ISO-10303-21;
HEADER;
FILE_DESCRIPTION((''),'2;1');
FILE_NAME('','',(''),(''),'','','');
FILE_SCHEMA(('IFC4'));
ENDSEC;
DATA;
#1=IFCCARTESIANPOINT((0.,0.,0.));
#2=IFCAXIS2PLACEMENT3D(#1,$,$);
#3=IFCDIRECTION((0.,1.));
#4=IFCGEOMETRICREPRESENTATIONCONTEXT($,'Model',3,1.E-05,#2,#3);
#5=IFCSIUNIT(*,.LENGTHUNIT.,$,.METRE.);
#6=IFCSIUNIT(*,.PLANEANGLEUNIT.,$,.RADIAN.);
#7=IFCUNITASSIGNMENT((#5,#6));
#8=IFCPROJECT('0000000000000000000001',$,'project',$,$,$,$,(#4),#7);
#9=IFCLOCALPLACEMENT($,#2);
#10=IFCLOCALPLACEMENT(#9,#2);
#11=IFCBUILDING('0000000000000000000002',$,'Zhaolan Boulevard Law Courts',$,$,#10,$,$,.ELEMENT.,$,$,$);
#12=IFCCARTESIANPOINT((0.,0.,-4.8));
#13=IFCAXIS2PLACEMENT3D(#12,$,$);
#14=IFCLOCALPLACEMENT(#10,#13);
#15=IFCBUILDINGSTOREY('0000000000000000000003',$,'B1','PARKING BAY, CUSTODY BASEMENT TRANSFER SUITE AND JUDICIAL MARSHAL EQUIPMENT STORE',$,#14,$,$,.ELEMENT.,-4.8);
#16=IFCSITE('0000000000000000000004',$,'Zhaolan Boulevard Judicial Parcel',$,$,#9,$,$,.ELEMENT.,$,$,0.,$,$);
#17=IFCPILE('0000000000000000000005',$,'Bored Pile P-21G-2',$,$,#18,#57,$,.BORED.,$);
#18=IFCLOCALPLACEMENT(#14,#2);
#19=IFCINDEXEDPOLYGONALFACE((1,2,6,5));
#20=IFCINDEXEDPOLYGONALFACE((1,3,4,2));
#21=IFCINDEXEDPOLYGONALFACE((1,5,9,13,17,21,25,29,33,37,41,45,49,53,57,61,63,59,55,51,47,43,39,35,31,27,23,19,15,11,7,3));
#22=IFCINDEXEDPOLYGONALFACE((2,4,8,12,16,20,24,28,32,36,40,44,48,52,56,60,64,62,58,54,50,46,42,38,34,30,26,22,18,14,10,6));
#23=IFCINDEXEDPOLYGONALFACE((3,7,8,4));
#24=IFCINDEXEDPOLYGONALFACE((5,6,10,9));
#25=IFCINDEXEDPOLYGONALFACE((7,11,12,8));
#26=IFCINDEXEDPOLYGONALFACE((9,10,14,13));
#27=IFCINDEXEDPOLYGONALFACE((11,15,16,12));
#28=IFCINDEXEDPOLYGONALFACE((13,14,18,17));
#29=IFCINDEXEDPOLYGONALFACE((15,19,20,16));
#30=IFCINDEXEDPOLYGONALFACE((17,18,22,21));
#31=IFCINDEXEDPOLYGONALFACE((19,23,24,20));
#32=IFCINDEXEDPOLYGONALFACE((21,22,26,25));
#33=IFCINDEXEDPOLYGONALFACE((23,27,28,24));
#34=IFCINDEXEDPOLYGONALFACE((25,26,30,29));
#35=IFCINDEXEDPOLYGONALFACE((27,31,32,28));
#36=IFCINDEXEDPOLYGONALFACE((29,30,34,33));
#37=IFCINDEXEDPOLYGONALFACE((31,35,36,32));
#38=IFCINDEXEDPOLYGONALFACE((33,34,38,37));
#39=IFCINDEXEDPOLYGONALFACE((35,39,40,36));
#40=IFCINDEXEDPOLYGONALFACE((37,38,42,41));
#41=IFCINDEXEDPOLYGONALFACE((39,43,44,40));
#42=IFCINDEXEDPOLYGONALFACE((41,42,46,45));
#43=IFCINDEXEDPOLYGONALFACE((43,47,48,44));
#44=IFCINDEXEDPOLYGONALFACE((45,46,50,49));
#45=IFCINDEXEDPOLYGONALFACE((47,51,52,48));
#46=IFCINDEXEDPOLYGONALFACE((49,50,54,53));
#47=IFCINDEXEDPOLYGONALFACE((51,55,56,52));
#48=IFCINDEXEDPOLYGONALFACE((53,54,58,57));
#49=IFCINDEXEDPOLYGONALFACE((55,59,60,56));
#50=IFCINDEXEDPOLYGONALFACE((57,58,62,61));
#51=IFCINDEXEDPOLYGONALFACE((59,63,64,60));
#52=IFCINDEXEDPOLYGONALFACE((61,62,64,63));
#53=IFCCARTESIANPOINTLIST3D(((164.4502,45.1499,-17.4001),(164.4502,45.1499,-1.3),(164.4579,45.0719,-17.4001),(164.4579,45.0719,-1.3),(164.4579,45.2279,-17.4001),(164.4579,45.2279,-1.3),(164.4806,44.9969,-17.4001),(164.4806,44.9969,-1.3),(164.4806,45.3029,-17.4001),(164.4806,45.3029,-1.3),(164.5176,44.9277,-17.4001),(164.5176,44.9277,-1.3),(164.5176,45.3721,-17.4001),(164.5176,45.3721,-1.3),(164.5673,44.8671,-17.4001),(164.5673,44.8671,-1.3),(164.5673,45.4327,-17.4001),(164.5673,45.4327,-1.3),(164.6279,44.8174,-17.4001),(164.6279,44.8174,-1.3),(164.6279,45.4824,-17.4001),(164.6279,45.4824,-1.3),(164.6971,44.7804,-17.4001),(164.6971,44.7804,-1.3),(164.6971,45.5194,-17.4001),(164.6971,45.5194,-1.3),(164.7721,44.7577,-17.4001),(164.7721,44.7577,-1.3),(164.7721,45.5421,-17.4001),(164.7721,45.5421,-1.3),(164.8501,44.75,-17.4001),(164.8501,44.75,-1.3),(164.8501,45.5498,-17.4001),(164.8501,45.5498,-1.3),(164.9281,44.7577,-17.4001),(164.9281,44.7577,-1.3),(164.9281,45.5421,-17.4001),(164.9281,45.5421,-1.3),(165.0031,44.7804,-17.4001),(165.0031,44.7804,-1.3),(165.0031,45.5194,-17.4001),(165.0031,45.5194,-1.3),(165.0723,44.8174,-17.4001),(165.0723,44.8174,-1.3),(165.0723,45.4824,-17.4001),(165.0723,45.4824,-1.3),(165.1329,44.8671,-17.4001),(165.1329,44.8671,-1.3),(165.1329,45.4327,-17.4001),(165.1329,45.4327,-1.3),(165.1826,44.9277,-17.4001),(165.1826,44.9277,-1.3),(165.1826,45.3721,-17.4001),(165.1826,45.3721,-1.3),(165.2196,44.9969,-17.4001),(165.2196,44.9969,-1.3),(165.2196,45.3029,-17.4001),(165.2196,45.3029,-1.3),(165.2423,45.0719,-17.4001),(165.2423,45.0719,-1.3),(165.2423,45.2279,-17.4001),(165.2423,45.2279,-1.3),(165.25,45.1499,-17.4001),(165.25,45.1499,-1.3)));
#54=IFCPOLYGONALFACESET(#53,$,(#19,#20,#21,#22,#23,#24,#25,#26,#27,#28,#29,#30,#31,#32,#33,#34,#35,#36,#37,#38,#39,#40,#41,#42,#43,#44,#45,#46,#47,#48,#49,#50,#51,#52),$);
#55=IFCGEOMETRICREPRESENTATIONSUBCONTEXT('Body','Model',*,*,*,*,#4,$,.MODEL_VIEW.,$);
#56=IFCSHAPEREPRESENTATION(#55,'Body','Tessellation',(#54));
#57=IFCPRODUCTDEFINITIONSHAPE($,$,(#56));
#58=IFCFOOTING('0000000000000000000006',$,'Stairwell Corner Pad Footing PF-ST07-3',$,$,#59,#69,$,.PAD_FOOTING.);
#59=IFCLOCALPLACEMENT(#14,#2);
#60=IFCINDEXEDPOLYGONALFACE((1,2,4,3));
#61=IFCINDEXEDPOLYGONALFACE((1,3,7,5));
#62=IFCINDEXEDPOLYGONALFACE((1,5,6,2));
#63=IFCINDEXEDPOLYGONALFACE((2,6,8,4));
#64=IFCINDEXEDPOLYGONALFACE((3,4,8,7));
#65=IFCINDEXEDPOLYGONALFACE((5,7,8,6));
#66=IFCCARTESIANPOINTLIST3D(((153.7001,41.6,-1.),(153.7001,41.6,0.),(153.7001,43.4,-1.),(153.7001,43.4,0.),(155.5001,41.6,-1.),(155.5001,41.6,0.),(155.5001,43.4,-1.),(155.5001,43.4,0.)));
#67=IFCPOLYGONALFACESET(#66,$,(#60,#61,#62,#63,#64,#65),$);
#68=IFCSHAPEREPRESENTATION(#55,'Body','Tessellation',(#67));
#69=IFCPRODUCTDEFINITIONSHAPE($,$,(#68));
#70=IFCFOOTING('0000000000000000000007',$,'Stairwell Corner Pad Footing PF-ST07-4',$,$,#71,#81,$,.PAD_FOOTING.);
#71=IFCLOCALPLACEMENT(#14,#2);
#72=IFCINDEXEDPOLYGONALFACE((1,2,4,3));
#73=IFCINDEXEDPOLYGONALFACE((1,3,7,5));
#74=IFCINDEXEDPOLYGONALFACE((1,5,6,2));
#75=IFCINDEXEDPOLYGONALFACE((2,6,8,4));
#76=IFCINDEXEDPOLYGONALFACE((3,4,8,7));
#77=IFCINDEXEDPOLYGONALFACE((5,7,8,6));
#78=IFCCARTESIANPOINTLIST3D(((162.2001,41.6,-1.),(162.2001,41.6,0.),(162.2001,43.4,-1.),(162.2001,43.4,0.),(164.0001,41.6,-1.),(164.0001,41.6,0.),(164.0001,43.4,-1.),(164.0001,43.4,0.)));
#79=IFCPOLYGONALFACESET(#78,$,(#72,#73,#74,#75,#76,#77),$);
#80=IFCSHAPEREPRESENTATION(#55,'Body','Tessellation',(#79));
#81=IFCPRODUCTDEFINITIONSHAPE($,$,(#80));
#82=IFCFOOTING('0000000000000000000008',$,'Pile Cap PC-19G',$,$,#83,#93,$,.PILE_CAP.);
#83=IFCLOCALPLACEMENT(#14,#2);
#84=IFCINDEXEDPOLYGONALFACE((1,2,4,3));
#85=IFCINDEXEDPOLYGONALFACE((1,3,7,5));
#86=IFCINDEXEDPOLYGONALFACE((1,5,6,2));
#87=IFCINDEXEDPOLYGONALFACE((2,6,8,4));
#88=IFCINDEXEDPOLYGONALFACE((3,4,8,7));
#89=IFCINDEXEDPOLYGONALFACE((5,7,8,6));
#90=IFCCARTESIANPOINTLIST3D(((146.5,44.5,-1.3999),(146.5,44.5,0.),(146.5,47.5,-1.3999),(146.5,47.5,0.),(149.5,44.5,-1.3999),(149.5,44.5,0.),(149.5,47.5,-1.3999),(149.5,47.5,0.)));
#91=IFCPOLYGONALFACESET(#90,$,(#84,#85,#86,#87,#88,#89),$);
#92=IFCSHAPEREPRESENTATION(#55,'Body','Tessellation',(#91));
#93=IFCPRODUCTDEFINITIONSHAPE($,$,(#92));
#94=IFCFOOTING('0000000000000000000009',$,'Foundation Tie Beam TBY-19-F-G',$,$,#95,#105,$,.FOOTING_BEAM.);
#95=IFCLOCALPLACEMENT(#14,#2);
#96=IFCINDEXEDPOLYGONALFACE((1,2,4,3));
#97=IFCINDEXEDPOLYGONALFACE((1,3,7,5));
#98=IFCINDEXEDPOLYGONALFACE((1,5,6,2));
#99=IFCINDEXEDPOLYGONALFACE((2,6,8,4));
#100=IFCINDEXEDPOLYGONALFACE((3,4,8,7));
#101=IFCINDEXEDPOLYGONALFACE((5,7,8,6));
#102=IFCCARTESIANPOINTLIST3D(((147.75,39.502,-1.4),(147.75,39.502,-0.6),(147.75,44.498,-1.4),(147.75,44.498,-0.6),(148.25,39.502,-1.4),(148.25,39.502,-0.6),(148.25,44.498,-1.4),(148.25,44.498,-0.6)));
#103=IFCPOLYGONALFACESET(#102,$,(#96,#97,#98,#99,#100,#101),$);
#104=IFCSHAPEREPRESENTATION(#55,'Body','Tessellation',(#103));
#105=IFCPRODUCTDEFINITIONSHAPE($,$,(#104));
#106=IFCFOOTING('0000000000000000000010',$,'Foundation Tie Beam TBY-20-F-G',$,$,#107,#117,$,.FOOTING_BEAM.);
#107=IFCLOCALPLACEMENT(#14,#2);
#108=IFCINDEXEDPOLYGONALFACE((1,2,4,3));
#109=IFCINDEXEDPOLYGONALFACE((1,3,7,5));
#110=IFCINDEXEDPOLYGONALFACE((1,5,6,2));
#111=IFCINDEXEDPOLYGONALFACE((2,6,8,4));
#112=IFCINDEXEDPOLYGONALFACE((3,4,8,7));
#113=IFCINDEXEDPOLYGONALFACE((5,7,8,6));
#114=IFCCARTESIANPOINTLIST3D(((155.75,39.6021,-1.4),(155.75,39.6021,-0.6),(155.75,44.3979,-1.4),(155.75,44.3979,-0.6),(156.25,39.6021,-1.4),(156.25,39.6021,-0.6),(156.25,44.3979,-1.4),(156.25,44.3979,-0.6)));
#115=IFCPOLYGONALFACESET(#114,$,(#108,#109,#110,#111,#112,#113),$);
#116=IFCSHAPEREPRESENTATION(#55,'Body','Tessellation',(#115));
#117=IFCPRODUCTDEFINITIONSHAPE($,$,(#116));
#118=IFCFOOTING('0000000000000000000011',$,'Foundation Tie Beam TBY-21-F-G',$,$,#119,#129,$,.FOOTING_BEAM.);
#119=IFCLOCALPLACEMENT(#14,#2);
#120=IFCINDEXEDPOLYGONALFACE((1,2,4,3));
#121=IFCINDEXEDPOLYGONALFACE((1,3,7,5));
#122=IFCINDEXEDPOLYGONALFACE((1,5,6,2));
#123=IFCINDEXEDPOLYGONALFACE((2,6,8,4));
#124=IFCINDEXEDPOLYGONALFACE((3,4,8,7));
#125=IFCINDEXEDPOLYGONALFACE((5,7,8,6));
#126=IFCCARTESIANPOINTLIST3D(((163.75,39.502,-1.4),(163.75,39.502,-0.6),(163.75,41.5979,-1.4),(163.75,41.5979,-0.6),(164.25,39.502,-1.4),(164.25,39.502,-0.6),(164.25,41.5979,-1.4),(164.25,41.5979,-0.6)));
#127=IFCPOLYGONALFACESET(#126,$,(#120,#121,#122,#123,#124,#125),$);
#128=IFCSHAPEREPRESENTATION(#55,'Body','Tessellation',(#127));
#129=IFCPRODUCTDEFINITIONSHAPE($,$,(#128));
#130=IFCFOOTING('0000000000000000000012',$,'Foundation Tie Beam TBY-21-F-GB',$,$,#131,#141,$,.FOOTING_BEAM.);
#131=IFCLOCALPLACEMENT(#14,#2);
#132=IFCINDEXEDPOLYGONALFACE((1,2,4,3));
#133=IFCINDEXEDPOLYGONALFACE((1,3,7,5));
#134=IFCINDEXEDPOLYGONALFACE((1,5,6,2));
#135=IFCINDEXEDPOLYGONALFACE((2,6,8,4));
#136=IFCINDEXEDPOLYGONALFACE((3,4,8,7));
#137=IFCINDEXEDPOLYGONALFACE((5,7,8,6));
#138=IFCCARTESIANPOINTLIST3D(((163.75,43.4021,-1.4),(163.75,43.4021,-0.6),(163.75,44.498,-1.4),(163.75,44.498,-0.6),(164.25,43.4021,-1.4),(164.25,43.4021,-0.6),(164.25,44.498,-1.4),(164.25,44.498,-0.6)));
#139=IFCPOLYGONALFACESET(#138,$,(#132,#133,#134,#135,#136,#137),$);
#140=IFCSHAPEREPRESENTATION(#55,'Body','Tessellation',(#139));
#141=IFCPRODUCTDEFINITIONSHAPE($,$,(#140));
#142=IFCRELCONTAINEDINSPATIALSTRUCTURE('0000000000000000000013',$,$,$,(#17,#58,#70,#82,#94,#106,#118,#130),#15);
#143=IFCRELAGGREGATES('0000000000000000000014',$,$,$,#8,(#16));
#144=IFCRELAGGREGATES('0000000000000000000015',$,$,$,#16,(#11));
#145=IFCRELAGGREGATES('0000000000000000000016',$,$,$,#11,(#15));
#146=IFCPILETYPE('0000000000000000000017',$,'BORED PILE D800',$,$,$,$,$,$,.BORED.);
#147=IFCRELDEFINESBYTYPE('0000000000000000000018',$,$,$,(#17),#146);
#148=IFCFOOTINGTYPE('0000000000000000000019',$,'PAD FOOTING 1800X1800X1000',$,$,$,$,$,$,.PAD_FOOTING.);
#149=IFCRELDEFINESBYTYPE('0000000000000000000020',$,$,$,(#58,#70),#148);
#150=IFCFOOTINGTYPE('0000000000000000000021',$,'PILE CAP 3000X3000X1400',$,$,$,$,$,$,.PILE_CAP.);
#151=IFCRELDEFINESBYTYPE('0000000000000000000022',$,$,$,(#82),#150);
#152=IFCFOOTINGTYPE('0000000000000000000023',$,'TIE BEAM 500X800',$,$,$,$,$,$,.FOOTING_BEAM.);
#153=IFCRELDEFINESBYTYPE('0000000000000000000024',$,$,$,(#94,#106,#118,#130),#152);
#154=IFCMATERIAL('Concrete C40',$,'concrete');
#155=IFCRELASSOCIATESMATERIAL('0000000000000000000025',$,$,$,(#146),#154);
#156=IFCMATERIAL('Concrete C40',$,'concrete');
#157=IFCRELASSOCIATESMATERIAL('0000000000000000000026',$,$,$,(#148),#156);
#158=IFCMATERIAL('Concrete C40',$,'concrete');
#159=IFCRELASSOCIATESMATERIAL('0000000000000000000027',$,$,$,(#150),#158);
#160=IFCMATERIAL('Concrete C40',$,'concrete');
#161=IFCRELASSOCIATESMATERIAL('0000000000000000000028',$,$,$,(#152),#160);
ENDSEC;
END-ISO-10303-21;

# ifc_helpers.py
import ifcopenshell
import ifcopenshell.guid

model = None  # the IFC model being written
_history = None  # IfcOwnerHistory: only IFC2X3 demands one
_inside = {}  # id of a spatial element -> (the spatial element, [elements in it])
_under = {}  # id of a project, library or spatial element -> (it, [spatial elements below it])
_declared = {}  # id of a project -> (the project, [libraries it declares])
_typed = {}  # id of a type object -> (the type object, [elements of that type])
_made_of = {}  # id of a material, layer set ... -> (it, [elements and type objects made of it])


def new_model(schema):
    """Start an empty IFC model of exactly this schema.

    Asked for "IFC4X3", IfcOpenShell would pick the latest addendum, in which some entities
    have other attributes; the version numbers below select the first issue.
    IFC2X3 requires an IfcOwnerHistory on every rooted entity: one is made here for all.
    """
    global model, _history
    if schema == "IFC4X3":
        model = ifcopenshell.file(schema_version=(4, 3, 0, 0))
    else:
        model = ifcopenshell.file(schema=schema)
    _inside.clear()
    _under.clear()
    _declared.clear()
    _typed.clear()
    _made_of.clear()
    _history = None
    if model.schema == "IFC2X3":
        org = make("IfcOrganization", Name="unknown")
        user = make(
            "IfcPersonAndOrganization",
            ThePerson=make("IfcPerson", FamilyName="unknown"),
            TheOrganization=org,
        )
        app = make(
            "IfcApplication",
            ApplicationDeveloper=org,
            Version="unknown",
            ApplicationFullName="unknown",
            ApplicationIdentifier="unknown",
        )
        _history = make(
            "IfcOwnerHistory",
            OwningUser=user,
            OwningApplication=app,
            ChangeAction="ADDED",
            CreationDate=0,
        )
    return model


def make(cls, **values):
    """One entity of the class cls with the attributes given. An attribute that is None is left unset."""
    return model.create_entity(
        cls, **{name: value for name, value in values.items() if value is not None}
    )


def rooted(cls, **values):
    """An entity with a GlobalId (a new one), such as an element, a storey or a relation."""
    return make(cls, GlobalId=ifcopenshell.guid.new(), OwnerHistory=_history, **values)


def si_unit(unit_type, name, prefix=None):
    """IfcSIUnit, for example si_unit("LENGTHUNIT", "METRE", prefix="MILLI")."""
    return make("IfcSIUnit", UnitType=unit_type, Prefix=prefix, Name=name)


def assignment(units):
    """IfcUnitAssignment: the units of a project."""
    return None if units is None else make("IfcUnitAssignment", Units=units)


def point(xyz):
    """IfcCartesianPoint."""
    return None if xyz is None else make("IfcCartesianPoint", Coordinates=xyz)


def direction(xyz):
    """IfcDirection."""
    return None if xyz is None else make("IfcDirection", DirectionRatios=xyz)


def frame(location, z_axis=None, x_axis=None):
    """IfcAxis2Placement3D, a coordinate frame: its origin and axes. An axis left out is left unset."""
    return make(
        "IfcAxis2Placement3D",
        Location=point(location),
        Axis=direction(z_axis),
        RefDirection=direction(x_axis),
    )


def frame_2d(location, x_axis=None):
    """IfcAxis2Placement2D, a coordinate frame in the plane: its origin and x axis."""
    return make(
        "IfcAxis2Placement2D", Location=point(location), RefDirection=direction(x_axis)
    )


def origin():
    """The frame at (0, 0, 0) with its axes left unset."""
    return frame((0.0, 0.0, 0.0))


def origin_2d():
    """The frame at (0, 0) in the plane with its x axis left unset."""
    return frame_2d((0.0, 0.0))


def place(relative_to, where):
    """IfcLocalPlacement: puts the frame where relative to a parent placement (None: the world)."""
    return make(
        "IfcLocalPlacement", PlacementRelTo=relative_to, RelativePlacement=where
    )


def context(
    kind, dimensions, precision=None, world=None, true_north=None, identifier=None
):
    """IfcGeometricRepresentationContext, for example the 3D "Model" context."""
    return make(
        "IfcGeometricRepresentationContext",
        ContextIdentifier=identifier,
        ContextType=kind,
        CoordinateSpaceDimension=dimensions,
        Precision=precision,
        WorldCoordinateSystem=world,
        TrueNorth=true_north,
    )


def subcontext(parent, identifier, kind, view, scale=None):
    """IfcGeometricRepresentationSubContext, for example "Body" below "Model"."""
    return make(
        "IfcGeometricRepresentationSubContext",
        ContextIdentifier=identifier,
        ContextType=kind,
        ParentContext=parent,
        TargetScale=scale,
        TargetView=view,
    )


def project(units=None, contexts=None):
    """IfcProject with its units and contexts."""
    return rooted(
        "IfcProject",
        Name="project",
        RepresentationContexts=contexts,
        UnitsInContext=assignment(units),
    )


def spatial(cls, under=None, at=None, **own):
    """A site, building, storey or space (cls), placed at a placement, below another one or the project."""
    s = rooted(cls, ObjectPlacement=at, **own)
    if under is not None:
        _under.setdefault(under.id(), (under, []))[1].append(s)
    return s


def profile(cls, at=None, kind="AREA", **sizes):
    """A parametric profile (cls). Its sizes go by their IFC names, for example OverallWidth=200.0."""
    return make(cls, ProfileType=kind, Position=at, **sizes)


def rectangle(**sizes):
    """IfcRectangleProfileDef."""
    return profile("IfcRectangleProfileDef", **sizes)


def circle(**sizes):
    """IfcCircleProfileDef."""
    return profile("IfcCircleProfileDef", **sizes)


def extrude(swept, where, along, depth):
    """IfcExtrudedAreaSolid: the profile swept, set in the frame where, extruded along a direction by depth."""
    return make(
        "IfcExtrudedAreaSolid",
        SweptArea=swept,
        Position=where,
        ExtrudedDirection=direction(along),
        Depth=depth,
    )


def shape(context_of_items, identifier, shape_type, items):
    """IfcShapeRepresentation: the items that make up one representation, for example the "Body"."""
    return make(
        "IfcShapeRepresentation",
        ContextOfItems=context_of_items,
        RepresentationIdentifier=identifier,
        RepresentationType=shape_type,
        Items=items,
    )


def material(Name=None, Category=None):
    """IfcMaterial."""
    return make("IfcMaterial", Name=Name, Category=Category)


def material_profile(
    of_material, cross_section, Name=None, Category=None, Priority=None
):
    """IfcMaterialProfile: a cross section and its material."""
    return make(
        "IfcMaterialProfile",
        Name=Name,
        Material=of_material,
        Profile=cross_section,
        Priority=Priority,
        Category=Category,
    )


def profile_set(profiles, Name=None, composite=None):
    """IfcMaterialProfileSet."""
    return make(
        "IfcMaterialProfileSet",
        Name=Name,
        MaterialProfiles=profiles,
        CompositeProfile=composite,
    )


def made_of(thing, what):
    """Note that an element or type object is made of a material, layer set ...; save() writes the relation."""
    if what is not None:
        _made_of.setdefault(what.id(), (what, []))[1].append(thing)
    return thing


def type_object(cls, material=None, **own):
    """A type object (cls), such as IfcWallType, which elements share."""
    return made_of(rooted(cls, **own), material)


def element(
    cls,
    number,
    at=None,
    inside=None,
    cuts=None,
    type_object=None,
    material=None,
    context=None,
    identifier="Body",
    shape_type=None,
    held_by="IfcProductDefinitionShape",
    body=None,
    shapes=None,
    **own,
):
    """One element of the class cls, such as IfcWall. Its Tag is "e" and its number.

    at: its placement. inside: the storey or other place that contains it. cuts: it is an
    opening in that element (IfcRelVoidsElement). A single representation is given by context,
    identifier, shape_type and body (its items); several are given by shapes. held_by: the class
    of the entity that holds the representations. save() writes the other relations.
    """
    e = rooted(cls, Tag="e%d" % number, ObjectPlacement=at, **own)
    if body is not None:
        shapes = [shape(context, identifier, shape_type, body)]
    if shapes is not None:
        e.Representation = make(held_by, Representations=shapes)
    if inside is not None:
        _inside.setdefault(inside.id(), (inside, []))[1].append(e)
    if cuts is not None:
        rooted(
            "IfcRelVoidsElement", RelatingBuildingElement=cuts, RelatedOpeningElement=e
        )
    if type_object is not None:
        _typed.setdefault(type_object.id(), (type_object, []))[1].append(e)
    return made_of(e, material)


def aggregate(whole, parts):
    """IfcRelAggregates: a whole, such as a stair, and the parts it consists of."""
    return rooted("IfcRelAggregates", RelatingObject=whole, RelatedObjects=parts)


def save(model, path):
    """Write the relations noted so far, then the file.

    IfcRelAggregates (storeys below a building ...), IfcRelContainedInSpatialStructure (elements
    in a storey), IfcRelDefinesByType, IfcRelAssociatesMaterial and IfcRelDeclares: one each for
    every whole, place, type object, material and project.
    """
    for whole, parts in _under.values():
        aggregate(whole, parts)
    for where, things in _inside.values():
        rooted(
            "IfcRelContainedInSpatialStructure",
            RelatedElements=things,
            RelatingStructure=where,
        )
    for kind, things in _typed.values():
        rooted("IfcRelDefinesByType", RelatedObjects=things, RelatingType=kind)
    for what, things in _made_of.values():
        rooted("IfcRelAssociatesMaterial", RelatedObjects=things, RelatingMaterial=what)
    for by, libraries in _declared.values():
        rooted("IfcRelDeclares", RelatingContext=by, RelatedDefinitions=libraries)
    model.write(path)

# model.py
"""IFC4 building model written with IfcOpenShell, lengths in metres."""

from ifc_helpers import new_model, si_unit, direction, frame, origin, origin_2d, place, context, subcontext, project, spatial, rectangle, circle, extrude, material, material_profile, profile_set, type_object, element, save


model = new_model("IFC4")

# Units and contexts
model_context = context("Model", 3, precision=1e-05, world=origin(), true_north=direction((0.0, 1.0)))
body_context = subcontext(model_context, "Body", "Model", "MODEL_VIEW")
ifc_project = project(units=[si_unit("LENGTHUNIT", "METRE"), si_unit("PLANEANGLEUNIT", "RADIAN")], contexts=[model_context])

# Site, building, storey
site_placement = place(None, origin())
site = spatial("IfcSite", under=ifc_project, at=site_placement, Name="Zhaolan Boulevard Judicial Parcel", CompositionType="ELEMENT", RefElevation=0.0)
building_placement = place(site_placement, origin())
building = spatial("IfcBuilding", under=site, at=building_placement, Name="Zhaolan Boulevard Law Courts", CompositionType="ELEMENT")
storey_placement = place(building_placement, frame((0.0, 0.0, -4.8)))
storey = spatial("IfcBuildingStorey", under=building, at=storey_placement, Name="B1", Description="PARKING BAY, CUSTODY BASEMENT TRANSFER SUITE AND JUDICIAL MARSHAL EQUIPMENT STORE", CompositionType="ELEMENT", Elevation=-4.8)

# Pile
ifc_material_1 = material(Name="Concrete C40", Category="concrete")
ifc_material_profile_1 = material_profile(ifc_material_1, circle(Radius=0.3999, at=origin_2d()), Name="PILE-D800")
ifc_profile_set_1 = profile_set([ifc_material_profile_1], Name="Concrete C40")
pile_type = type_object("IfcPileType", Name="BORED PILE D800", PredefinedType="BORED", material=ifc_profile_set_1)
for number, where, z_axis, x_axis, name in (
    (1, (164.8501, 45.1499, -1.3), (0.0, 0.0, -1.0), (1.0, 0.0, 0.0), "Bored Pile P-21G-2"),
):
    element("IfcPile", number, at=place(storey_placement, frame(where, z_axis=z_axis, x_axis=x_axis)), inside=storey, type_object=pile_type, Name=name, PredefinedType="BORED", context=body_context, shape_type="SweptSolid", body=[
        extrude(circle(Radius=0.3999, at=origin_2d()), origin(), (0.0, 0.0, 1.0), 16.1001),
    ])

# Footings
ifc_material_2 = material(Name="Concrete C40", Category="concrete")
footing_type_1 = type_object("IfcFootingType", Name="PAD FOOTING 1800X1800X1000", PredefinedType="PAD_FOOTING", material=ifc_material_2)
for number, where, z_axis, x_axis, name in (
    (2, (154.6001, 42.5, -1.0), (0.0, 0.0, 1.0), (1.0, 0.0, 0.0), "Stairwell Corner Pad Footing PF-ST07-3"),
    (3, (163.1001, 42.5, -1.0), (0.0, 0.0, 1.0), (1.0, 0.0, 0.0), "Stairwell Corner Pad Footing PF-ST07-4"),
):
    element("IfcFooting", number, at=place(storey_placement, frame(where, z_axis=z_axis, x_axis=x_axis)), inside=storey, type_object=footing_type_1, Name=name, PredefinedType="PAD_FOOTING", context=body_context, shape_type="SweptSolid", body=[
        extrude(rectangle(XDim=1.8, YDim=1.8, at=origin_2d()), origin(), (0.0, 0.0, 1.0), 1.0),
    ])
ifc_material_3 = material(Name="Concrete C40", Category="concrete")
footing_type_2 = type_object("IfcFootingType", Name="PILE CAP 3000X3000X1400", PredefinedType="PILE_CAP", material=ifc_material_3)
footing_1_placement = place(storey_placement, frame((148.0, 46.0, -1.3999), z_axis=(0.0, 0.0, 1.0), x_axis=(1.0, 0.0, 0.0)))
element("IfcFooting", 4, at=footing_1_placement, inside=storey, type_object=footing_type_2, Name="Pile Cap PC-19G", PredefinedType="PILE_CAP", context=body_context, shape_type="SweptSolid", body=[
    extrude(rectangle(XDim=3.0, YDim=3.0, at=origin_2d()), origin(), (0.0, 0.0, 1.0), 1.3999),
])
ifc_material_4 = material(Name="Concrete C40", Category="concrete")
ifc_material_profile_2 = material_profile(ifc_material_4, rectangle(XDim=0.5, YDim=0.8, at=origin_2d()), Name="RC500x800")
ifc_profile_set_2 = profile_set([ifc_material_profile_2], Name="Concrete C40")
footing_type_3 = type_object("IfcFootingType", Name="TIE BEAM 500X800", PredefinedType="FOOTING_BEAM", material=ifc_profile_set_2)
footing_2_placement = place(storey_placement, frame((148.0, 39.502, -1.0), z_axis=(0.0, 1.0, 0.0), x_axis=(-1.0, 0.0, 0.0)))
element("IfcFooting", 5, at=footing_2_placement, inside=storey, type_object=footing_type_3, Name="Foundation Tie Beam TBY-19-F-G", PredefinedType="FOOTING_BEAM", context=body_context, shape_type="SweptSolid", body=[
    extrude(rectangle(XDim=0.5, YDim=0.8, at=origin_2d()), origin(), (0.0, 0.0, 1.0), 4.9961),
])
footing_3_placement = place(storey_placement, frame((156.0, 39.6021, -1.0), z_axis=(0.0, 1.0, 0.0), x_axis=(-1.0, 0.0, 0.0)))
element("IfcFooting", 6, at=footing_3_placement, inside=storey, type_object=footing_type_3, Name="Foundation Tie Beam TBY-20-F-G", PredefinedType="FOOTING_BEAM", context=body_context, shape_type="SweptSolid", body=[
    extrude(rectangle(XDim=0.5, YDim=0.8, at=origin_2d()), origin(), (0.0, 0.0, 1.0), 4.7959),
])
footing_4_placement = place(storey_placement, frame((164.0, 39.502, -1.0), z_axis=(0.0, 1.0, 0.0), x_axis=(-1.0, 0.0, 0.0)))
element("IfcFooting", 7, at=footing_4_placement, inside=storey, type_object=footing_type_3, Name="Foundation Tie Beam TBY-21-F-G", PredefinedType="FOOTING_BEAM", context=body_context, shape_type="SweptSolid", body=[
    extrude(rectangle(XDim=0.5, YDim=0.8, at=origin_2d()), origin(), (0.0, 0.0, 1.0), 2.0959),
])
footing_5_placement = place(storey_placement, frame((164.0, 43.4021, -1.0), z_axis=(0.0, 1.0, 0.0), x_axis=(-1.0, 0.0, 0.0)))
element("IfcFooting", 8, at=footing_5_placement, inside=storey, type_object=footing_type_3, Name="Foundation Tie Beam TBY-21-F-GB", PredefinedType="FOOTING_BEAM", context=body_context, shape_type="SweptSolid", body=[
    extrude(rectangle(XDim=0.5, YDim=0.8, at=origin_2d()), origin(), (0.0, 0.0, 1.0), 1.0959),
])

save(model, "model.ifc")
